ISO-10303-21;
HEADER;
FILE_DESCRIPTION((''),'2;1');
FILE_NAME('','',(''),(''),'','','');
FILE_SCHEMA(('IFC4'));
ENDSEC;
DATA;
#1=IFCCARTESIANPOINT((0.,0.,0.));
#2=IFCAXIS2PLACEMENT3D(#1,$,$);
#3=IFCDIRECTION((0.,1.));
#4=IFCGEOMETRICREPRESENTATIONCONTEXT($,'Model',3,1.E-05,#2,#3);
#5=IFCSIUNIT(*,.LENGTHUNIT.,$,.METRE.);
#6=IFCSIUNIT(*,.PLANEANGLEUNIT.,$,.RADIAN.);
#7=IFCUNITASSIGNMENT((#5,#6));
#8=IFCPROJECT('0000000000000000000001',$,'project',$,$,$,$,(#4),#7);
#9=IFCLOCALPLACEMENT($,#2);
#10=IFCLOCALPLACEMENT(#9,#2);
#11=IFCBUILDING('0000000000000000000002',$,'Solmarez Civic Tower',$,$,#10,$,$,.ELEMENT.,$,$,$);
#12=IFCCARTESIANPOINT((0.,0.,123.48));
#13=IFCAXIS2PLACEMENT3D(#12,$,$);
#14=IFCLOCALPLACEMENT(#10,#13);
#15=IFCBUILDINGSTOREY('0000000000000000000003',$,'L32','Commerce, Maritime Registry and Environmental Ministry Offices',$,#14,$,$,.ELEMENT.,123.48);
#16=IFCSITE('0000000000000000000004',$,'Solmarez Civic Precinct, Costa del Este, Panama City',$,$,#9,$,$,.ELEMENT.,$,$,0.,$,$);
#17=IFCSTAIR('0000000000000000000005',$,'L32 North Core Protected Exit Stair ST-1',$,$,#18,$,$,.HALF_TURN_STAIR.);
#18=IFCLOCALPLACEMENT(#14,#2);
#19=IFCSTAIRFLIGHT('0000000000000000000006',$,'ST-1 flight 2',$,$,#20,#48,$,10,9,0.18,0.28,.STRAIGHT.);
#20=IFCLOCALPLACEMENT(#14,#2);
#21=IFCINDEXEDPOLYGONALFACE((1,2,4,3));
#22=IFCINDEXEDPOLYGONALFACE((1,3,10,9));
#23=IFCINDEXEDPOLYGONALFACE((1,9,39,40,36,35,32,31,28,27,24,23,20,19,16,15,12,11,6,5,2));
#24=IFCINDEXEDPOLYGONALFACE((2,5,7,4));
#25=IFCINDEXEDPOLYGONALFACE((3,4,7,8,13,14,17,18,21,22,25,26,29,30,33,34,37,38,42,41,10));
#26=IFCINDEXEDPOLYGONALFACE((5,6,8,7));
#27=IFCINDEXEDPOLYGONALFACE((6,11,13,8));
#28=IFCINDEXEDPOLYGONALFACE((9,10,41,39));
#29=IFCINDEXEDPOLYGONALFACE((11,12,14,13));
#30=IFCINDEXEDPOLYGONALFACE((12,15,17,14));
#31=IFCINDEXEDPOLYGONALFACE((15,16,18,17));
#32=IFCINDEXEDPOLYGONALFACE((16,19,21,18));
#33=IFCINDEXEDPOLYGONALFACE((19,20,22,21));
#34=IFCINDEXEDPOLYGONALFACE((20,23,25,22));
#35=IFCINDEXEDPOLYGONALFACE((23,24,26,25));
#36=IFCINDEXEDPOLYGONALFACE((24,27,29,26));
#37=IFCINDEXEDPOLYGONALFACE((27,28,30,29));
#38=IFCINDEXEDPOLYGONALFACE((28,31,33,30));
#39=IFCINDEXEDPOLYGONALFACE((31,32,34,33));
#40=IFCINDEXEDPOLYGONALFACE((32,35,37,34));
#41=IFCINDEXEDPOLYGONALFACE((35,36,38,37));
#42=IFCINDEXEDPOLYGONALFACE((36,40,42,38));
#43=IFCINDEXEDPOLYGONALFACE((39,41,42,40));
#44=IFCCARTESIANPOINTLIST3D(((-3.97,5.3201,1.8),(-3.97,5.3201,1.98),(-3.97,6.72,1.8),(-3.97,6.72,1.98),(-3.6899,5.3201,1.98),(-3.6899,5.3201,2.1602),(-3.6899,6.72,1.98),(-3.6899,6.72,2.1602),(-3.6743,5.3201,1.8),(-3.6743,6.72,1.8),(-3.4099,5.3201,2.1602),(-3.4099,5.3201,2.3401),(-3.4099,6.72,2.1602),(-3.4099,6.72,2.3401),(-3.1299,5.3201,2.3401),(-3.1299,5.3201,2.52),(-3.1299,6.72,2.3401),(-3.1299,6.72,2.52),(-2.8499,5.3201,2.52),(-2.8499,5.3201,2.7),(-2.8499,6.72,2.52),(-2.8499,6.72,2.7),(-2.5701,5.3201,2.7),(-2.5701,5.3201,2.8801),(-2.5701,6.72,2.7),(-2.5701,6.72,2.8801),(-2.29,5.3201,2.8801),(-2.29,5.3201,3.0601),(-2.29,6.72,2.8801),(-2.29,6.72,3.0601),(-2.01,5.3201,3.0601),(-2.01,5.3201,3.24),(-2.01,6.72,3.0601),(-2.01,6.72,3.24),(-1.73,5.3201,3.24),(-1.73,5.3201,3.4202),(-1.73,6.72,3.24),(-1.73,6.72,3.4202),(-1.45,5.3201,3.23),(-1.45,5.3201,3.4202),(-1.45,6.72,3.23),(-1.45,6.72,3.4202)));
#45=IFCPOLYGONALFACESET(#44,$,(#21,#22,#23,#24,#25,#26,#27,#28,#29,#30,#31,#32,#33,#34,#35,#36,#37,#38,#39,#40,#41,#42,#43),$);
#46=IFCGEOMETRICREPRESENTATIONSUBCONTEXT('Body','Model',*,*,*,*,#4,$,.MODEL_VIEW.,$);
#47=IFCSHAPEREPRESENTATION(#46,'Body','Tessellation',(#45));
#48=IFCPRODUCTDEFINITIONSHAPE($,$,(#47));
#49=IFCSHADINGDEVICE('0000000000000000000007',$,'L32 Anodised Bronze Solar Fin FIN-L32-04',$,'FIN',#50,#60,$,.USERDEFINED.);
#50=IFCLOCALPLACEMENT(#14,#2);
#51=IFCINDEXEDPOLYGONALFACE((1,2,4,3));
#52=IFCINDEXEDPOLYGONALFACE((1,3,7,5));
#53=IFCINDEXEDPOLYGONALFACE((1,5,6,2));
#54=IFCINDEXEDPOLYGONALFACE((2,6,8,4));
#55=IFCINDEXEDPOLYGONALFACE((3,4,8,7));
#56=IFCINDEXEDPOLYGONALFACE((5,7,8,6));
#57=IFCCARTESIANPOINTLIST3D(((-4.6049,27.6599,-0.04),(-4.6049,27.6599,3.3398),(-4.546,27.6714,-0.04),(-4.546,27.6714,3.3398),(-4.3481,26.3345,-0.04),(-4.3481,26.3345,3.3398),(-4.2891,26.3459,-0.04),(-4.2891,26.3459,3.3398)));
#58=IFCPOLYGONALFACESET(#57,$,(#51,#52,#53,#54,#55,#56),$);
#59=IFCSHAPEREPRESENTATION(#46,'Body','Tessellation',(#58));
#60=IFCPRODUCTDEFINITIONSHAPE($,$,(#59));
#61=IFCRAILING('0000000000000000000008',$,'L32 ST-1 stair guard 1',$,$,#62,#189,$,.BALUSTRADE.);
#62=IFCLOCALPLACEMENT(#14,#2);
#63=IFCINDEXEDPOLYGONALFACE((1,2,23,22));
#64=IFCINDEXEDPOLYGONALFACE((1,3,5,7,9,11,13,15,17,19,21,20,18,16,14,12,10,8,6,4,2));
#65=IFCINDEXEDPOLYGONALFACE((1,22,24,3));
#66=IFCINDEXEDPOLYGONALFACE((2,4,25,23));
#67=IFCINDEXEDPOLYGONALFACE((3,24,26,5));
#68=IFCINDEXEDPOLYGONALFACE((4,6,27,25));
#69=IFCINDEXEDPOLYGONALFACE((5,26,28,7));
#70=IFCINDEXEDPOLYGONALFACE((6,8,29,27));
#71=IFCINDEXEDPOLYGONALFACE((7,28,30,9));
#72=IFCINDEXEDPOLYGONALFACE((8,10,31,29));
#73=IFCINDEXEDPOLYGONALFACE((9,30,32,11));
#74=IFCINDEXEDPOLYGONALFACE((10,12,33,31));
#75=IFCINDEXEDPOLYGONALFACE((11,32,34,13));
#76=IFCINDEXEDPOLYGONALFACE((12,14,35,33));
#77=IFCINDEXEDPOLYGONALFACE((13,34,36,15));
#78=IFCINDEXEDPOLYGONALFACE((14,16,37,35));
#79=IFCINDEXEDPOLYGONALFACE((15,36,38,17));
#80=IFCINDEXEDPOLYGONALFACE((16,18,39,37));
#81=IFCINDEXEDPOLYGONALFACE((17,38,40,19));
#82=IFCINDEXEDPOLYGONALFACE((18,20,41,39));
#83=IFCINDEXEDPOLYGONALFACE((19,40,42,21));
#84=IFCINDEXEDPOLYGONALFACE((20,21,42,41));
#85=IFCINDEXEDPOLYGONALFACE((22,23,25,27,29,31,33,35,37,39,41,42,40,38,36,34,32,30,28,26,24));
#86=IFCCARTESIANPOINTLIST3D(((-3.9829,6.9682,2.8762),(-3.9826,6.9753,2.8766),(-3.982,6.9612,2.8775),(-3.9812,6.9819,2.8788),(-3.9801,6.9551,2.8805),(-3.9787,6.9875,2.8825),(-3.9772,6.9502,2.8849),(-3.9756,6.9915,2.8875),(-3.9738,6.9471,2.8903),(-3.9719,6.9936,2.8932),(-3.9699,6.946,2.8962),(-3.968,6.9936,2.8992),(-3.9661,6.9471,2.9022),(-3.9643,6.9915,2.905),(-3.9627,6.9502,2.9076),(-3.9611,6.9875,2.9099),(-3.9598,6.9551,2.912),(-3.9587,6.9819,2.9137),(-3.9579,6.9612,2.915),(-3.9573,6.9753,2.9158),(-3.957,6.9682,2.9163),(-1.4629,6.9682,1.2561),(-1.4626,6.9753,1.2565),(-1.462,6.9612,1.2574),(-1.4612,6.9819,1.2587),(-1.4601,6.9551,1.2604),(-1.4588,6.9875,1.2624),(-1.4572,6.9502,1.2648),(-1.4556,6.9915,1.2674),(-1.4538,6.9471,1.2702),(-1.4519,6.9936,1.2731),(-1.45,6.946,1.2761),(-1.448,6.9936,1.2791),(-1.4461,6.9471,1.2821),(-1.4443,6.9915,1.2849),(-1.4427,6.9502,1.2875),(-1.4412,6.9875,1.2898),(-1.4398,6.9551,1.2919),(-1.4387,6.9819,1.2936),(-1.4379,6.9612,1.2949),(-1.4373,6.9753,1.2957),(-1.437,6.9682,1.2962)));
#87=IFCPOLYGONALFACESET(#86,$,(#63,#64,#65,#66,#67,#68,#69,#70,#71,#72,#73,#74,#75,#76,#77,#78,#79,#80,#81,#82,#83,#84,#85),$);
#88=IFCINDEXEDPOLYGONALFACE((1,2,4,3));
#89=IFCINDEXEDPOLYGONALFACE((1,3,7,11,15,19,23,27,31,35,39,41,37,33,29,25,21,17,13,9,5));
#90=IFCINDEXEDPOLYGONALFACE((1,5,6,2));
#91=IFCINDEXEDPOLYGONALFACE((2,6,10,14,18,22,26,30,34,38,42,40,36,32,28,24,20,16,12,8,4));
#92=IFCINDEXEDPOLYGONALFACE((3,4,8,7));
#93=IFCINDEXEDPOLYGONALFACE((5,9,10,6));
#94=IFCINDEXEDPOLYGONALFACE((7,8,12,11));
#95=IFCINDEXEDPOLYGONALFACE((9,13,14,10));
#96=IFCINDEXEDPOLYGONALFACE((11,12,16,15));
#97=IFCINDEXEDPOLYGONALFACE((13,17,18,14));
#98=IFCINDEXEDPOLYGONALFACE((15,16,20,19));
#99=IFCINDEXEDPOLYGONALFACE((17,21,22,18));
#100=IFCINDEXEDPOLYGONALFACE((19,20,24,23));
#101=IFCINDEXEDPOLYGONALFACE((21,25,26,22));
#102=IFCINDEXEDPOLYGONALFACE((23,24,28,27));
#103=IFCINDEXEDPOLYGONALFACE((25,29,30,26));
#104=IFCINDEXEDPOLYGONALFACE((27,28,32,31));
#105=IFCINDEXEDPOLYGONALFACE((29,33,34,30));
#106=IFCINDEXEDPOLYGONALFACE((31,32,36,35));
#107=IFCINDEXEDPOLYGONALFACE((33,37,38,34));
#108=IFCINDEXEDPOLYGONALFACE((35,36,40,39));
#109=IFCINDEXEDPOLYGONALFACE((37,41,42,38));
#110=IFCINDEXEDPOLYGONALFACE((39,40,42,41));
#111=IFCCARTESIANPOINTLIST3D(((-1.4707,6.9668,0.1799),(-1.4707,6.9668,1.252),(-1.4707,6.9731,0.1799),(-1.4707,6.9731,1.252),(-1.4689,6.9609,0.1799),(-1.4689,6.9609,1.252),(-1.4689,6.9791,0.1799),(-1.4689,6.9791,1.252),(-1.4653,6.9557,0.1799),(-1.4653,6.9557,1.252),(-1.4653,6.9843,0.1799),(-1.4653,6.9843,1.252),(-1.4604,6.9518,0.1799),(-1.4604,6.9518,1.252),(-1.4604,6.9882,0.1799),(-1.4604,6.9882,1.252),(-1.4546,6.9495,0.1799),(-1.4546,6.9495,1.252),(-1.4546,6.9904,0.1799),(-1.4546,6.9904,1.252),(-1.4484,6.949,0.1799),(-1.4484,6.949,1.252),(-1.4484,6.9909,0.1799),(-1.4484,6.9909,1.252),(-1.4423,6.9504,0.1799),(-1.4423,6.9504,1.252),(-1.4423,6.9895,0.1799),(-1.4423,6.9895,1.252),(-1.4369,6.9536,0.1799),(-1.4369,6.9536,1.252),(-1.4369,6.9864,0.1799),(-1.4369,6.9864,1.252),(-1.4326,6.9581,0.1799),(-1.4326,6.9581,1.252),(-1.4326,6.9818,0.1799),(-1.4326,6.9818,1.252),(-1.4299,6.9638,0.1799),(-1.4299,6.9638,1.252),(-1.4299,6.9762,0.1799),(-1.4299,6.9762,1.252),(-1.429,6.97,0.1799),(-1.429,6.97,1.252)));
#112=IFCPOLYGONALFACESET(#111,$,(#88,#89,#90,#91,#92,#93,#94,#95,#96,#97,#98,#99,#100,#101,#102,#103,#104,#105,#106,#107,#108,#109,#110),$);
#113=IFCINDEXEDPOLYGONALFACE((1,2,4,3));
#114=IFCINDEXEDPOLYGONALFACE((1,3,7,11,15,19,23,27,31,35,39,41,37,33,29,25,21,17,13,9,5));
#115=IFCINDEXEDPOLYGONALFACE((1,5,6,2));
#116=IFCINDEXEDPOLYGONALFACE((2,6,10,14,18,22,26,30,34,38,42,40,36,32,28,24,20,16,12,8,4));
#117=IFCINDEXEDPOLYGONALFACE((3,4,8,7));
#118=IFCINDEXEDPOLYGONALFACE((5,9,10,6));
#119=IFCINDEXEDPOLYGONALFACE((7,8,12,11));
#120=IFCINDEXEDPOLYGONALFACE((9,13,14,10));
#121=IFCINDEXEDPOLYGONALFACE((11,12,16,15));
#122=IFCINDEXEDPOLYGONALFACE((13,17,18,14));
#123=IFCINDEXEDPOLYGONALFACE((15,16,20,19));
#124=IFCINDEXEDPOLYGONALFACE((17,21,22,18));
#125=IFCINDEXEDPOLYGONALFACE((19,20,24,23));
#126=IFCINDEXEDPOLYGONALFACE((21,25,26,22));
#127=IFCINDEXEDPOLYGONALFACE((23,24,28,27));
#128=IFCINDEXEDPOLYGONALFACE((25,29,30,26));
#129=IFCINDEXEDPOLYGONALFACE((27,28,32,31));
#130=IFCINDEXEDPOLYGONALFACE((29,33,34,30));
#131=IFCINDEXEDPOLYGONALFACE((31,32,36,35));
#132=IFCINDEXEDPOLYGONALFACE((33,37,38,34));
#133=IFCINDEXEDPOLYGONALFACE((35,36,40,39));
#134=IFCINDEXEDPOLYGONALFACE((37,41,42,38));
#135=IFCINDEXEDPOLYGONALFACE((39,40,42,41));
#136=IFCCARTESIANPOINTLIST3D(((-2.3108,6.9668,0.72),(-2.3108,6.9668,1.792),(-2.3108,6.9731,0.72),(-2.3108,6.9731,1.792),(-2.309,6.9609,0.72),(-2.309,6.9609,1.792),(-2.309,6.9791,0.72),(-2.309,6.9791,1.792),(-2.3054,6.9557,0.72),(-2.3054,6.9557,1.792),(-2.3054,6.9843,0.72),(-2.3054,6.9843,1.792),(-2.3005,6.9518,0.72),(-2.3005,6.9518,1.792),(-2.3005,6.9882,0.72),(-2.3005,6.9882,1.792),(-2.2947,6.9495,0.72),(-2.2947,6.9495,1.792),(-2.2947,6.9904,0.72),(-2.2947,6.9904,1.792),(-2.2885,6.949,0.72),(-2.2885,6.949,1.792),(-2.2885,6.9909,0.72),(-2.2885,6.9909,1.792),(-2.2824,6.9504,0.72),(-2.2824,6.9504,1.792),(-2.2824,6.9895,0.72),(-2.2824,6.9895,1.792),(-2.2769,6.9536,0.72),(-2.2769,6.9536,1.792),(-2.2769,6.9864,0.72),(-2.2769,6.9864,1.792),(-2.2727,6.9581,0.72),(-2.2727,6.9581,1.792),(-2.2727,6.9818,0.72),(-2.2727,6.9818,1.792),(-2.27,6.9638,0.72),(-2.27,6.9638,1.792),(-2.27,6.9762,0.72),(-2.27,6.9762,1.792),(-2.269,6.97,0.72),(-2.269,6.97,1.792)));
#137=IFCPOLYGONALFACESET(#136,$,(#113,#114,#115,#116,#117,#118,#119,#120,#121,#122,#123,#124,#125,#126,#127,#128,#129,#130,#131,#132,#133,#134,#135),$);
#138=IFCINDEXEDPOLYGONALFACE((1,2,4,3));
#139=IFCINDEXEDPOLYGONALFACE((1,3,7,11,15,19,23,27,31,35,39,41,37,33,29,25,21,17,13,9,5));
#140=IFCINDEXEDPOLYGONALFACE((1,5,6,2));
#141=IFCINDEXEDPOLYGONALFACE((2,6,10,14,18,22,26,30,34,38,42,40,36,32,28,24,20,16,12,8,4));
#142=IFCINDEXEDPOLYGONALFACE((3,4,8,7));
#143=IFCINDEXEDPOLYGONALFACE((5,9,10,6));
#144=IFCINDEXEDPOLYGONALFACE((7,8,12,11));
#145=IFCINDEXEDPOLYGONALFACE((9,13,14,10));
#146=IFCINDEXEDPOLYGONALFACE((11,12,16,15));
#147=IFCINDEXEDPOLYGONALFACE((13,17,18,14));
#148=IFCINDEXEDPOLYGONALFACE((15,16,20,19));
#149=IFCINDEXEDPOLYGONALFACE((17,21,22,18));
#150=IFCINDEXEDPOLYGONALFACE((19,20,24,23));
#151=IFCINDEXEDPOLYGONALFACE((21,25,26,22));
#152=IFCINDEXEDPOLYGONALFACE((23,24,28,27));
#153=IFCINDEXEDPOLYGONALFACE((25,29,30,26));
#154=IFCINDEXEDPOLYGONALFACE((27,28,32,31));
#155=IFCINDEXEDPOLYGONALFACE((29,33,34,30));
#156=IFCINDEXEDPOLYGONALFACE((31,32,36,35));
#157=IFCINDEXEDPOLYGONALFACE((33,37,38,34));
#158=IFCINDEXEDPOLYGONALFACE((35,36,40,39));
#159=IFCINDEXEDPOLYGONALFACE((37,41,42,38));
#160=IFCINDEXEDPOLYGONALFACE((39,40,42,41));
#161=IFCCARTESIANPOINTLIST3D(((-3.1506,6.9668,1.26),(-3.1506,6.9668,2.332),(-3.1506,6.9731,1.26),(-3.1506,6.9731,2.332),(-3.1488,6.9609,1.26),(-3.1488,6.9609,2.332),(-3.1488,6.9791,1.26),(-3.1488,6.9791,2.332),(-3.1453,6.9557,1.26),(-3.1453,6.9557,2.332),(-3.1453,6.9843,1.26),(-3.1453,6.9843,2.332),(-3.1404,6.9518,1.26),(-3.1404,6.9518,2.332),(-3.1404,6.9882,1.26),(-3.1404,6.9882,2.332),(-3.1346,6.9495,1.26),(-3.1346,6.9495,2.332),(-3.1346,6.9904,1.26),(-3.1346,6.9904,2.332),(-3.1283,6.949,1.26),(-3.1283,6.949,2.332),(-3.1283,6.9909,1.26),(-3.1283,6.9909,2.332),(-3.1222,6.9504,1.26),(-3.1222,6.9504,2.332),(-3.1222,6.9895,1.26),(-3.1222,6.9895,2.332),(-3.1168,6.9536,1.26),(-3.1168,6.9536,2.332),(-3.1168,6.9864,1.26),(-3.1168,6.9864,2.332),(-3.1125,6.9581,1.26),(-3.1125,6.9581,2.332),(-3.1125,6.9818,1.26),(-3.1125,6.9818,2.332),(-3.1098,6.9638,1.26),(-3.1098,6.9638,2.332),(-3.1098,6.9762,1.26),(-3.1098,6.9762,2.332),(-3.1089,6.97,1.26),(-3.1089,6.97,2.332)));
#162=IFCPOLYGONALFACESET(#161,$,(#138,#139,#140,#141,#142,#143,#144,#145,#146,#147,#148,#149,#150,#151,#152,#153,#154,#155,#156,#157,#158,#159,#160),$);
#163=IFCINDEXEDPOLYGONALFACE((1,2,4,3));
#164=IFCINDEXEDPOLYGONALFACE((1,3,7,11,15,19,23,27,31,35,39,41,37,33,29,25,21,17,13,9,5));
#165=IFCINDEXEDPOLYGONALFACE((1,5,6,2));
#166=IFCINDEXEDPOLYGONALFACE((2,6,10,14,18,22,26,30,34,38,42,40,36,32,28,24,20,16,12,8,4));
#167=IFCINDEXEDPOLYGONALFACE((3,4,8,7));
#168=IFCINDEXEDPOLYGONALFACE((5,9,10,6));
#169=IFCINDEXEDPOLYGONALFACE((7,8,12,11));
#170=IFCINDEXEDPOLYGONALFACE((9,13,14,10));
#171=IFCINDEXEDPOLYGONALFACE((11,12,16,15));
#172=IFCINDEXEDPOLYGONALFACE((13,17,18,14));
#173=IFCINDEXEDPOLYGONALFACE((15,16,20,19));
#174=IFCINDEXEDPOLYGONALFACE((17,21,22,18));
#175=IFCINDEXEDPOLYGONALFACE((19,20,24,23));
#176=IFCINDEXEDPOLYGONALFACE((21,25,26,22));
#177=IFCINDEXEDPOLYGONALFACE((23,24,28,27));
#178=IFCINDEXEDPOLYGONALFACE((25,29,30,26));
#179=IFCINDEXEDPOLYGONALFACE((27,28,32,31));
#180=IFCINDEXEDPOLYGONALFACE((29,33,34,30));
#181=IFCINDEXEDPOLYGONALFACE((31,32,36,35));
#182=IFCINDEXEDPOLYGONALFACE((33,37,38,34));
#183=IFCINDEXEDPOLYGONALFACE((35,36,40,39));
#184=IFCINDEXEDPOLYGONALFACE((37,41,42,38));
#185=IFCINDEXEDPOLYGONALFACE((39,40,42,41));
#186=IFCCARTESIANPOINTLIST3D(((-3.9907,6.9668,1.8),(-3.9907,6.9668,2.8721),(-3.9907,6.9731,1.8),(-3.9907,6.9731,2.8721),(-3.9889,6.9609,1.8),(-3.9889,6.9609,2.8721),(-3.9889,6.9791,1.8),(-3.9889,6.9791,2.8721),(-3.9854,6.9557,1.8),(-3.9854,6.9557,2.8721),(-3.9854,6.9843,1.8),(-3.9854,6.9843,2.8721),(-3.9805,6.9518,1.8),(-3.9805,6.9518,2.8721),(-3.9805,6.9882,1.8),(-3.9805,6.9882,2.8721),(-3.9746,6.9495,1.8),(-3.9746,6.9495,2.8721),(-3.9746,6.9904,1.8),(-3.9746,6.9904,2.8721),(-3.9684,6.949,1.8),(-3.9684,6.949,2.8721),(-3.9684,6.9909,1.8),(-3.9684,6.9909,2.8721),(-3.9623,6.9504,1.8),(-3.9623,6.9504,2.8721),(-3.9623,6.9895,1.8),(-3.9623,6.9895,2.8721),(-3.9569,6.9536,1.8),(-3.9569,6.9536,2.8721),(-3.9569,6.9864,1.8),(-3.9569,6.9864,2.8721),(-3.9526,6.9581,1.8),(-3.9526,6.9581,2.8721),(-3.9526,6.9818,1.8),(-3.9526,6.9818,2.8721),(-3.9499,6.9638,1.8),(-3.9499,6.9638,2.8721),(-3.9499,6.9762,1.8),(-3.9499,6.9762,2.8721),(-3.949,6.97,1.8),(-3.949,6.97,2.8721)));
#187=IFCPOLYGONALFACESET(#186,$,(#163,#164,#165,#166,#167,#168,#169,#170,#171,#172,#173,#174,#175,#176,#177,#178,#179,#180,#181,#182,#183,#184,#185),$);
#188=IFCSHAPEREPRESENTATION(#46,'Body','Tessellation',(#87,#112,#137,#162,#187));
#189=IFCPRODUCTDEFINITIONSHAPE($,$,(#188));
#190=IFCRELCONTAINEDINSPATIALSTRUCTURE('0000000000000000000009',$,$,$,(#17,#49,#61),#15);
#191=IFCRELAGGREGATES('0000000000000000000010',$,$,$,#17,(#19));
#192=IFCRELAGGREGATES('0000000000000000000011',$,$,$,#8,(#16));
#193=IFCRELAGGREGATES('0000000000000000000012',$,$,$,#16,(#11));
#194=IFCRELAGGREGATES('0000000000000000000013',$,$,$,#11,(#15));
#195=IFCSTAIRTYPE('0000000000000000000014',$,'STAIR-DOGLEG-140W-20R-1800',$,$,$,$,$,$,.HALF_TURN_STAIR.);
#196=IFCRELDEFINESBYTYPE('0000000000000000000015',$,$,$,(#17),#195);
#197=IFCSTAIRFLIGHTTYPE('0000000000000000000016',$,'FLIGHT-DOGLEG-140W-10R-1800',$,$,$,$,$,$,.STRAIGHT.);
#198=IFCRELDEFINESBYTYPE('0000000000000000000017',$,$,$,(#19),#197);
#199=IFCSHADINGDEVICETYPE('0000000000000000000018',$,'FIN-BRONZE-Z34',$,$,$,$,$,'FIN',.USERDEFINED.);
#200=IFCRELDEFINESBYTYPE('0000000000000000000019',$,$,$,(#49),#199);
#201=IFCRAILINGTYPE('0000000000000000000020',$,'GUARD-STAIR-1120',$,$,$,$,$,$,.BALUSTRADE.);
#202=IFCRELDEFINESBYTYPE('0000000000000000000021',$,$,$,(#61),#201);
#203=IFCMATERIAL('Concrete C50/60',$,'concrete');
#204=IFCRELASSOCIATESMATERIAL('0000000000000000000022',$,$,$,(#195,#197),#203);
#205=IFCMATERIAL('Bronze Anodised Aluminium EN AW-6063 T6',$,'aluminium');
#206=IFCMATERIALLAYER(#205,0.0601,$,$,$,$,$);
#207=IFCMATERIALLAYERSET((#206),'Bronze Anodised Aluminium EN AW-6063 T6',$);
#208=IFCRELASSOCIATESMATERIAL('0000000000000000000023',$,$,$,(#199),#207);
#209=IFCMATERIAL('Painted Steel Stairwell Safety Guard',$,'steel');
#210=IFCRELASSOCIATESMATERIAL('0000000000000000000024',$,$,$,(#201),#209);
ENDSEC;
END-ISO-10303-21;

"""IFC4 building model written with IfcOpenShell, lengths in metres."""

from ifc_helpers import new_model, si_unit, direction, frame, origin, origin_2d, place, context, subcontext, project, spatial, polyline, rectangle, circle, outline, extrude, material, layer, layer_set, type_object, element, aggregate, save


model = new_model("IFC4")

# Units and contexts
model_context = context("Model", 3, precision=1e-05, world=origin(), true_north=direction((0.0, 1.0)))
body_context = subcontext(model_context, "Body", "Model", "MODEL_VIEW")
ifc_project = project(units=[si_unit("LENGTHUNIT", "METRE"), si_unit("PLANEANGLEUNIT", "RADIAN")], contexts=[model_context])

# Site, building, storey
site_placement = place(None, origin())
site = spatial("IfcSite", under=ifc_project, at=site_placement, Name="Solmarez Civic Precinct, Costa del Este, Panama City", CompositionType="ELEMENT", RefElevation=0.0)
building_placement = place(site_placement, origin())
building = spatial("IfcBuilding", under=site, at=building_placement, Name="Solmarez Civic Tower", CompositionType="ELEMENT")
storey_placement = place(building_placement, frame((0.0, 0.0, 123.48)))
storey = spatial("IfcBuildingStorey", under=building, at=storey_placement, Name="L32", Description="Commerce, Maritime Registry and Environmental Ministry Offices", CompositionType="ELEMENT", Elevation=123.48)

# Shared definitions
ifc_material_1 = material(Name="Concrete C50/60", Category="concrete")

# Stair, stair flight
stair_type = type_object("IfcStairType", Name="STAIR-DOGLEG-140W-20R-1800", PredefinedType="HALF_TURN_STAIR", material=ifc_material_1)
stair_placement = place(storey_placement, origin())
stair = element("IfcStair", 1, at=stair_placement, inside=storey, type_object=stair_type, Name="L32 North Core Protected Exit Stair ST-1", PredefinedType="HALF_TURN_STAIR")
stair_flight_type = type_object("IfcStairFlightType", Name="FLIGHT-DOGLEG-140W-10R-1800", PredefinedType="STRAIGHT", material=ifc_material_1)
stair_flight_1_placement = place(storey_placement, frame((-3.97, 6.02, 1.8), z_axis=(0.0, 0.0, 1.0), x_axis=(1.0, 0.0, 0.0)))
stair_flight_1 = element("IfcStairFlight", 2, at=stair_flight_1_placement, type_object=stair_flight_type, Name="ST-1 flight 2", NumberOfRisers=10, NumberOfTreads=9, PredefinedType="STRAIGHT", RiserHeight=0.18, TreadLength=0.28, context=body_context, shape_type="SweptSolid", body=[
    extrude(outline(polyline([(0.0, 0.0), (0.0, 0.1799), (0.28, 0.1799), (0.28, 0.3601), (0.5601, 0.3601), (0.5601, 0.54), (0.8401, 0.54), (0.8401, 0.72), (1.1201, 0.72), (1.1201, 0.8999), (1.3999, 0.8999), (1.3999, 1.0801), (1.6799, 1.0801), (1.6799, 1.26), (1.96, 1.26), (1.96, 1.4399), (2.24, 1.4399), (2.24, 1.6201), (2.52, 1.6201), (2.52, 1.8), (2.52, 1.4299), (0.2957, 0.0), (0.0, 0.0)])), frame((0.0, 0.7, 0.0), z_axis=(0.0, -1.0, 0.0), x_axis=(1.0, 0.0, 0.0)), (0.0, 0.0, 1.0), 1.3999),
])
aggregate(stair, [stair_flight_1])

# Shading device
ifc_material_2 = material(Name="Bronze Anodised Aluminium EN AW-6063 T6", Category="aluminium")
ifc_layer_1 = layer(ifc_material_2, 0.0601)
ifc_layer_set_1 = layer_set([ifc_layer_1], Name="Bronze Anodised Aluminium EN AW-6063 T6")
shading_device_type = type_object("IfcShadingDeviceType", Name="FIN-BRONZE-Z34", ElementType="FIN", PredefinedType="USERDEFINED", material=ifc_layer_set_1)
shading_device_placement = place(storey_placement, frame((-4.447, 27.0029, -0.04), z_axis=(0.0, 0.0, 1.0), x_axis=(-0.190244, 0.981737, 0.0)))
element("IfcShadingDevice", 3, at=shading_device_placement, inside=storey, type_object=shading_device_type, Name="L32 Anodised Bronze Solar Fin FIN-L32-04", ObjectType="FIN", PredefinedType="USERDEFINED", context=body_context, shape_type="SweptSolid", body=[
    extrude(rectangle(XDim=1.3501, YDim=0.0601, at=origin_2d()), origin(), (0.0, 0.0, 1.0), 3.3799),
])

# Railing
ifc_material_3 = material(Name="Painted Steel Stairwell Safety Guard", Category="steel")
railing_type_1 = type_object("IfcRailingType", Name="GUARD-STAIR-1120", PredefinedType="BALUSTRADE", material=ifc_material_3)
railing_1_placement = place(storey_placement, frame((-1.45, 6.97, 0.1799)))
element("IfcRailing", 4, at=railing_1_placement, inside=storey, type_object=railing_type_1, Name="L32 ST-1 stair guard 1", PredefinedType="BALUSTRADE", context=body_context, shape_type="SweptSolid", body=[
    extrude(circle(Radius=0.0239, at=origin_2d()), frame((0.0, 0.0, 1.0962), z_axis=(-0.841163, 0.0, 0.540782), x_axis=(0.0, -1.0, 0.0)), (0.0, 0.0, 1.0), 2.9958),
    extrude(circle(Radius=0.021, at=origin_2d()), origin(), (0.0, 0.0, 1.0), 1.072),
    extrude(circle(Radius=0.021, at=origin_2d()), frame((-0.8401, 0.0, 0.54)), (0.0, 0.0, 1.0), 1.072),
    extrude(circle(Radius=0.021, at=origin_2d()), frame((-1.6799, 0.0, 1.0801)), (0.0, 0.0, 1.0), 1.072),
    extrude(circle(Radius=0.021, at=origin_2d()), frame((-2.52, 0.0, 1.6201)), (0.0, 0.0, 1.0), 1.072),
])

save(model, "model.ifc")
